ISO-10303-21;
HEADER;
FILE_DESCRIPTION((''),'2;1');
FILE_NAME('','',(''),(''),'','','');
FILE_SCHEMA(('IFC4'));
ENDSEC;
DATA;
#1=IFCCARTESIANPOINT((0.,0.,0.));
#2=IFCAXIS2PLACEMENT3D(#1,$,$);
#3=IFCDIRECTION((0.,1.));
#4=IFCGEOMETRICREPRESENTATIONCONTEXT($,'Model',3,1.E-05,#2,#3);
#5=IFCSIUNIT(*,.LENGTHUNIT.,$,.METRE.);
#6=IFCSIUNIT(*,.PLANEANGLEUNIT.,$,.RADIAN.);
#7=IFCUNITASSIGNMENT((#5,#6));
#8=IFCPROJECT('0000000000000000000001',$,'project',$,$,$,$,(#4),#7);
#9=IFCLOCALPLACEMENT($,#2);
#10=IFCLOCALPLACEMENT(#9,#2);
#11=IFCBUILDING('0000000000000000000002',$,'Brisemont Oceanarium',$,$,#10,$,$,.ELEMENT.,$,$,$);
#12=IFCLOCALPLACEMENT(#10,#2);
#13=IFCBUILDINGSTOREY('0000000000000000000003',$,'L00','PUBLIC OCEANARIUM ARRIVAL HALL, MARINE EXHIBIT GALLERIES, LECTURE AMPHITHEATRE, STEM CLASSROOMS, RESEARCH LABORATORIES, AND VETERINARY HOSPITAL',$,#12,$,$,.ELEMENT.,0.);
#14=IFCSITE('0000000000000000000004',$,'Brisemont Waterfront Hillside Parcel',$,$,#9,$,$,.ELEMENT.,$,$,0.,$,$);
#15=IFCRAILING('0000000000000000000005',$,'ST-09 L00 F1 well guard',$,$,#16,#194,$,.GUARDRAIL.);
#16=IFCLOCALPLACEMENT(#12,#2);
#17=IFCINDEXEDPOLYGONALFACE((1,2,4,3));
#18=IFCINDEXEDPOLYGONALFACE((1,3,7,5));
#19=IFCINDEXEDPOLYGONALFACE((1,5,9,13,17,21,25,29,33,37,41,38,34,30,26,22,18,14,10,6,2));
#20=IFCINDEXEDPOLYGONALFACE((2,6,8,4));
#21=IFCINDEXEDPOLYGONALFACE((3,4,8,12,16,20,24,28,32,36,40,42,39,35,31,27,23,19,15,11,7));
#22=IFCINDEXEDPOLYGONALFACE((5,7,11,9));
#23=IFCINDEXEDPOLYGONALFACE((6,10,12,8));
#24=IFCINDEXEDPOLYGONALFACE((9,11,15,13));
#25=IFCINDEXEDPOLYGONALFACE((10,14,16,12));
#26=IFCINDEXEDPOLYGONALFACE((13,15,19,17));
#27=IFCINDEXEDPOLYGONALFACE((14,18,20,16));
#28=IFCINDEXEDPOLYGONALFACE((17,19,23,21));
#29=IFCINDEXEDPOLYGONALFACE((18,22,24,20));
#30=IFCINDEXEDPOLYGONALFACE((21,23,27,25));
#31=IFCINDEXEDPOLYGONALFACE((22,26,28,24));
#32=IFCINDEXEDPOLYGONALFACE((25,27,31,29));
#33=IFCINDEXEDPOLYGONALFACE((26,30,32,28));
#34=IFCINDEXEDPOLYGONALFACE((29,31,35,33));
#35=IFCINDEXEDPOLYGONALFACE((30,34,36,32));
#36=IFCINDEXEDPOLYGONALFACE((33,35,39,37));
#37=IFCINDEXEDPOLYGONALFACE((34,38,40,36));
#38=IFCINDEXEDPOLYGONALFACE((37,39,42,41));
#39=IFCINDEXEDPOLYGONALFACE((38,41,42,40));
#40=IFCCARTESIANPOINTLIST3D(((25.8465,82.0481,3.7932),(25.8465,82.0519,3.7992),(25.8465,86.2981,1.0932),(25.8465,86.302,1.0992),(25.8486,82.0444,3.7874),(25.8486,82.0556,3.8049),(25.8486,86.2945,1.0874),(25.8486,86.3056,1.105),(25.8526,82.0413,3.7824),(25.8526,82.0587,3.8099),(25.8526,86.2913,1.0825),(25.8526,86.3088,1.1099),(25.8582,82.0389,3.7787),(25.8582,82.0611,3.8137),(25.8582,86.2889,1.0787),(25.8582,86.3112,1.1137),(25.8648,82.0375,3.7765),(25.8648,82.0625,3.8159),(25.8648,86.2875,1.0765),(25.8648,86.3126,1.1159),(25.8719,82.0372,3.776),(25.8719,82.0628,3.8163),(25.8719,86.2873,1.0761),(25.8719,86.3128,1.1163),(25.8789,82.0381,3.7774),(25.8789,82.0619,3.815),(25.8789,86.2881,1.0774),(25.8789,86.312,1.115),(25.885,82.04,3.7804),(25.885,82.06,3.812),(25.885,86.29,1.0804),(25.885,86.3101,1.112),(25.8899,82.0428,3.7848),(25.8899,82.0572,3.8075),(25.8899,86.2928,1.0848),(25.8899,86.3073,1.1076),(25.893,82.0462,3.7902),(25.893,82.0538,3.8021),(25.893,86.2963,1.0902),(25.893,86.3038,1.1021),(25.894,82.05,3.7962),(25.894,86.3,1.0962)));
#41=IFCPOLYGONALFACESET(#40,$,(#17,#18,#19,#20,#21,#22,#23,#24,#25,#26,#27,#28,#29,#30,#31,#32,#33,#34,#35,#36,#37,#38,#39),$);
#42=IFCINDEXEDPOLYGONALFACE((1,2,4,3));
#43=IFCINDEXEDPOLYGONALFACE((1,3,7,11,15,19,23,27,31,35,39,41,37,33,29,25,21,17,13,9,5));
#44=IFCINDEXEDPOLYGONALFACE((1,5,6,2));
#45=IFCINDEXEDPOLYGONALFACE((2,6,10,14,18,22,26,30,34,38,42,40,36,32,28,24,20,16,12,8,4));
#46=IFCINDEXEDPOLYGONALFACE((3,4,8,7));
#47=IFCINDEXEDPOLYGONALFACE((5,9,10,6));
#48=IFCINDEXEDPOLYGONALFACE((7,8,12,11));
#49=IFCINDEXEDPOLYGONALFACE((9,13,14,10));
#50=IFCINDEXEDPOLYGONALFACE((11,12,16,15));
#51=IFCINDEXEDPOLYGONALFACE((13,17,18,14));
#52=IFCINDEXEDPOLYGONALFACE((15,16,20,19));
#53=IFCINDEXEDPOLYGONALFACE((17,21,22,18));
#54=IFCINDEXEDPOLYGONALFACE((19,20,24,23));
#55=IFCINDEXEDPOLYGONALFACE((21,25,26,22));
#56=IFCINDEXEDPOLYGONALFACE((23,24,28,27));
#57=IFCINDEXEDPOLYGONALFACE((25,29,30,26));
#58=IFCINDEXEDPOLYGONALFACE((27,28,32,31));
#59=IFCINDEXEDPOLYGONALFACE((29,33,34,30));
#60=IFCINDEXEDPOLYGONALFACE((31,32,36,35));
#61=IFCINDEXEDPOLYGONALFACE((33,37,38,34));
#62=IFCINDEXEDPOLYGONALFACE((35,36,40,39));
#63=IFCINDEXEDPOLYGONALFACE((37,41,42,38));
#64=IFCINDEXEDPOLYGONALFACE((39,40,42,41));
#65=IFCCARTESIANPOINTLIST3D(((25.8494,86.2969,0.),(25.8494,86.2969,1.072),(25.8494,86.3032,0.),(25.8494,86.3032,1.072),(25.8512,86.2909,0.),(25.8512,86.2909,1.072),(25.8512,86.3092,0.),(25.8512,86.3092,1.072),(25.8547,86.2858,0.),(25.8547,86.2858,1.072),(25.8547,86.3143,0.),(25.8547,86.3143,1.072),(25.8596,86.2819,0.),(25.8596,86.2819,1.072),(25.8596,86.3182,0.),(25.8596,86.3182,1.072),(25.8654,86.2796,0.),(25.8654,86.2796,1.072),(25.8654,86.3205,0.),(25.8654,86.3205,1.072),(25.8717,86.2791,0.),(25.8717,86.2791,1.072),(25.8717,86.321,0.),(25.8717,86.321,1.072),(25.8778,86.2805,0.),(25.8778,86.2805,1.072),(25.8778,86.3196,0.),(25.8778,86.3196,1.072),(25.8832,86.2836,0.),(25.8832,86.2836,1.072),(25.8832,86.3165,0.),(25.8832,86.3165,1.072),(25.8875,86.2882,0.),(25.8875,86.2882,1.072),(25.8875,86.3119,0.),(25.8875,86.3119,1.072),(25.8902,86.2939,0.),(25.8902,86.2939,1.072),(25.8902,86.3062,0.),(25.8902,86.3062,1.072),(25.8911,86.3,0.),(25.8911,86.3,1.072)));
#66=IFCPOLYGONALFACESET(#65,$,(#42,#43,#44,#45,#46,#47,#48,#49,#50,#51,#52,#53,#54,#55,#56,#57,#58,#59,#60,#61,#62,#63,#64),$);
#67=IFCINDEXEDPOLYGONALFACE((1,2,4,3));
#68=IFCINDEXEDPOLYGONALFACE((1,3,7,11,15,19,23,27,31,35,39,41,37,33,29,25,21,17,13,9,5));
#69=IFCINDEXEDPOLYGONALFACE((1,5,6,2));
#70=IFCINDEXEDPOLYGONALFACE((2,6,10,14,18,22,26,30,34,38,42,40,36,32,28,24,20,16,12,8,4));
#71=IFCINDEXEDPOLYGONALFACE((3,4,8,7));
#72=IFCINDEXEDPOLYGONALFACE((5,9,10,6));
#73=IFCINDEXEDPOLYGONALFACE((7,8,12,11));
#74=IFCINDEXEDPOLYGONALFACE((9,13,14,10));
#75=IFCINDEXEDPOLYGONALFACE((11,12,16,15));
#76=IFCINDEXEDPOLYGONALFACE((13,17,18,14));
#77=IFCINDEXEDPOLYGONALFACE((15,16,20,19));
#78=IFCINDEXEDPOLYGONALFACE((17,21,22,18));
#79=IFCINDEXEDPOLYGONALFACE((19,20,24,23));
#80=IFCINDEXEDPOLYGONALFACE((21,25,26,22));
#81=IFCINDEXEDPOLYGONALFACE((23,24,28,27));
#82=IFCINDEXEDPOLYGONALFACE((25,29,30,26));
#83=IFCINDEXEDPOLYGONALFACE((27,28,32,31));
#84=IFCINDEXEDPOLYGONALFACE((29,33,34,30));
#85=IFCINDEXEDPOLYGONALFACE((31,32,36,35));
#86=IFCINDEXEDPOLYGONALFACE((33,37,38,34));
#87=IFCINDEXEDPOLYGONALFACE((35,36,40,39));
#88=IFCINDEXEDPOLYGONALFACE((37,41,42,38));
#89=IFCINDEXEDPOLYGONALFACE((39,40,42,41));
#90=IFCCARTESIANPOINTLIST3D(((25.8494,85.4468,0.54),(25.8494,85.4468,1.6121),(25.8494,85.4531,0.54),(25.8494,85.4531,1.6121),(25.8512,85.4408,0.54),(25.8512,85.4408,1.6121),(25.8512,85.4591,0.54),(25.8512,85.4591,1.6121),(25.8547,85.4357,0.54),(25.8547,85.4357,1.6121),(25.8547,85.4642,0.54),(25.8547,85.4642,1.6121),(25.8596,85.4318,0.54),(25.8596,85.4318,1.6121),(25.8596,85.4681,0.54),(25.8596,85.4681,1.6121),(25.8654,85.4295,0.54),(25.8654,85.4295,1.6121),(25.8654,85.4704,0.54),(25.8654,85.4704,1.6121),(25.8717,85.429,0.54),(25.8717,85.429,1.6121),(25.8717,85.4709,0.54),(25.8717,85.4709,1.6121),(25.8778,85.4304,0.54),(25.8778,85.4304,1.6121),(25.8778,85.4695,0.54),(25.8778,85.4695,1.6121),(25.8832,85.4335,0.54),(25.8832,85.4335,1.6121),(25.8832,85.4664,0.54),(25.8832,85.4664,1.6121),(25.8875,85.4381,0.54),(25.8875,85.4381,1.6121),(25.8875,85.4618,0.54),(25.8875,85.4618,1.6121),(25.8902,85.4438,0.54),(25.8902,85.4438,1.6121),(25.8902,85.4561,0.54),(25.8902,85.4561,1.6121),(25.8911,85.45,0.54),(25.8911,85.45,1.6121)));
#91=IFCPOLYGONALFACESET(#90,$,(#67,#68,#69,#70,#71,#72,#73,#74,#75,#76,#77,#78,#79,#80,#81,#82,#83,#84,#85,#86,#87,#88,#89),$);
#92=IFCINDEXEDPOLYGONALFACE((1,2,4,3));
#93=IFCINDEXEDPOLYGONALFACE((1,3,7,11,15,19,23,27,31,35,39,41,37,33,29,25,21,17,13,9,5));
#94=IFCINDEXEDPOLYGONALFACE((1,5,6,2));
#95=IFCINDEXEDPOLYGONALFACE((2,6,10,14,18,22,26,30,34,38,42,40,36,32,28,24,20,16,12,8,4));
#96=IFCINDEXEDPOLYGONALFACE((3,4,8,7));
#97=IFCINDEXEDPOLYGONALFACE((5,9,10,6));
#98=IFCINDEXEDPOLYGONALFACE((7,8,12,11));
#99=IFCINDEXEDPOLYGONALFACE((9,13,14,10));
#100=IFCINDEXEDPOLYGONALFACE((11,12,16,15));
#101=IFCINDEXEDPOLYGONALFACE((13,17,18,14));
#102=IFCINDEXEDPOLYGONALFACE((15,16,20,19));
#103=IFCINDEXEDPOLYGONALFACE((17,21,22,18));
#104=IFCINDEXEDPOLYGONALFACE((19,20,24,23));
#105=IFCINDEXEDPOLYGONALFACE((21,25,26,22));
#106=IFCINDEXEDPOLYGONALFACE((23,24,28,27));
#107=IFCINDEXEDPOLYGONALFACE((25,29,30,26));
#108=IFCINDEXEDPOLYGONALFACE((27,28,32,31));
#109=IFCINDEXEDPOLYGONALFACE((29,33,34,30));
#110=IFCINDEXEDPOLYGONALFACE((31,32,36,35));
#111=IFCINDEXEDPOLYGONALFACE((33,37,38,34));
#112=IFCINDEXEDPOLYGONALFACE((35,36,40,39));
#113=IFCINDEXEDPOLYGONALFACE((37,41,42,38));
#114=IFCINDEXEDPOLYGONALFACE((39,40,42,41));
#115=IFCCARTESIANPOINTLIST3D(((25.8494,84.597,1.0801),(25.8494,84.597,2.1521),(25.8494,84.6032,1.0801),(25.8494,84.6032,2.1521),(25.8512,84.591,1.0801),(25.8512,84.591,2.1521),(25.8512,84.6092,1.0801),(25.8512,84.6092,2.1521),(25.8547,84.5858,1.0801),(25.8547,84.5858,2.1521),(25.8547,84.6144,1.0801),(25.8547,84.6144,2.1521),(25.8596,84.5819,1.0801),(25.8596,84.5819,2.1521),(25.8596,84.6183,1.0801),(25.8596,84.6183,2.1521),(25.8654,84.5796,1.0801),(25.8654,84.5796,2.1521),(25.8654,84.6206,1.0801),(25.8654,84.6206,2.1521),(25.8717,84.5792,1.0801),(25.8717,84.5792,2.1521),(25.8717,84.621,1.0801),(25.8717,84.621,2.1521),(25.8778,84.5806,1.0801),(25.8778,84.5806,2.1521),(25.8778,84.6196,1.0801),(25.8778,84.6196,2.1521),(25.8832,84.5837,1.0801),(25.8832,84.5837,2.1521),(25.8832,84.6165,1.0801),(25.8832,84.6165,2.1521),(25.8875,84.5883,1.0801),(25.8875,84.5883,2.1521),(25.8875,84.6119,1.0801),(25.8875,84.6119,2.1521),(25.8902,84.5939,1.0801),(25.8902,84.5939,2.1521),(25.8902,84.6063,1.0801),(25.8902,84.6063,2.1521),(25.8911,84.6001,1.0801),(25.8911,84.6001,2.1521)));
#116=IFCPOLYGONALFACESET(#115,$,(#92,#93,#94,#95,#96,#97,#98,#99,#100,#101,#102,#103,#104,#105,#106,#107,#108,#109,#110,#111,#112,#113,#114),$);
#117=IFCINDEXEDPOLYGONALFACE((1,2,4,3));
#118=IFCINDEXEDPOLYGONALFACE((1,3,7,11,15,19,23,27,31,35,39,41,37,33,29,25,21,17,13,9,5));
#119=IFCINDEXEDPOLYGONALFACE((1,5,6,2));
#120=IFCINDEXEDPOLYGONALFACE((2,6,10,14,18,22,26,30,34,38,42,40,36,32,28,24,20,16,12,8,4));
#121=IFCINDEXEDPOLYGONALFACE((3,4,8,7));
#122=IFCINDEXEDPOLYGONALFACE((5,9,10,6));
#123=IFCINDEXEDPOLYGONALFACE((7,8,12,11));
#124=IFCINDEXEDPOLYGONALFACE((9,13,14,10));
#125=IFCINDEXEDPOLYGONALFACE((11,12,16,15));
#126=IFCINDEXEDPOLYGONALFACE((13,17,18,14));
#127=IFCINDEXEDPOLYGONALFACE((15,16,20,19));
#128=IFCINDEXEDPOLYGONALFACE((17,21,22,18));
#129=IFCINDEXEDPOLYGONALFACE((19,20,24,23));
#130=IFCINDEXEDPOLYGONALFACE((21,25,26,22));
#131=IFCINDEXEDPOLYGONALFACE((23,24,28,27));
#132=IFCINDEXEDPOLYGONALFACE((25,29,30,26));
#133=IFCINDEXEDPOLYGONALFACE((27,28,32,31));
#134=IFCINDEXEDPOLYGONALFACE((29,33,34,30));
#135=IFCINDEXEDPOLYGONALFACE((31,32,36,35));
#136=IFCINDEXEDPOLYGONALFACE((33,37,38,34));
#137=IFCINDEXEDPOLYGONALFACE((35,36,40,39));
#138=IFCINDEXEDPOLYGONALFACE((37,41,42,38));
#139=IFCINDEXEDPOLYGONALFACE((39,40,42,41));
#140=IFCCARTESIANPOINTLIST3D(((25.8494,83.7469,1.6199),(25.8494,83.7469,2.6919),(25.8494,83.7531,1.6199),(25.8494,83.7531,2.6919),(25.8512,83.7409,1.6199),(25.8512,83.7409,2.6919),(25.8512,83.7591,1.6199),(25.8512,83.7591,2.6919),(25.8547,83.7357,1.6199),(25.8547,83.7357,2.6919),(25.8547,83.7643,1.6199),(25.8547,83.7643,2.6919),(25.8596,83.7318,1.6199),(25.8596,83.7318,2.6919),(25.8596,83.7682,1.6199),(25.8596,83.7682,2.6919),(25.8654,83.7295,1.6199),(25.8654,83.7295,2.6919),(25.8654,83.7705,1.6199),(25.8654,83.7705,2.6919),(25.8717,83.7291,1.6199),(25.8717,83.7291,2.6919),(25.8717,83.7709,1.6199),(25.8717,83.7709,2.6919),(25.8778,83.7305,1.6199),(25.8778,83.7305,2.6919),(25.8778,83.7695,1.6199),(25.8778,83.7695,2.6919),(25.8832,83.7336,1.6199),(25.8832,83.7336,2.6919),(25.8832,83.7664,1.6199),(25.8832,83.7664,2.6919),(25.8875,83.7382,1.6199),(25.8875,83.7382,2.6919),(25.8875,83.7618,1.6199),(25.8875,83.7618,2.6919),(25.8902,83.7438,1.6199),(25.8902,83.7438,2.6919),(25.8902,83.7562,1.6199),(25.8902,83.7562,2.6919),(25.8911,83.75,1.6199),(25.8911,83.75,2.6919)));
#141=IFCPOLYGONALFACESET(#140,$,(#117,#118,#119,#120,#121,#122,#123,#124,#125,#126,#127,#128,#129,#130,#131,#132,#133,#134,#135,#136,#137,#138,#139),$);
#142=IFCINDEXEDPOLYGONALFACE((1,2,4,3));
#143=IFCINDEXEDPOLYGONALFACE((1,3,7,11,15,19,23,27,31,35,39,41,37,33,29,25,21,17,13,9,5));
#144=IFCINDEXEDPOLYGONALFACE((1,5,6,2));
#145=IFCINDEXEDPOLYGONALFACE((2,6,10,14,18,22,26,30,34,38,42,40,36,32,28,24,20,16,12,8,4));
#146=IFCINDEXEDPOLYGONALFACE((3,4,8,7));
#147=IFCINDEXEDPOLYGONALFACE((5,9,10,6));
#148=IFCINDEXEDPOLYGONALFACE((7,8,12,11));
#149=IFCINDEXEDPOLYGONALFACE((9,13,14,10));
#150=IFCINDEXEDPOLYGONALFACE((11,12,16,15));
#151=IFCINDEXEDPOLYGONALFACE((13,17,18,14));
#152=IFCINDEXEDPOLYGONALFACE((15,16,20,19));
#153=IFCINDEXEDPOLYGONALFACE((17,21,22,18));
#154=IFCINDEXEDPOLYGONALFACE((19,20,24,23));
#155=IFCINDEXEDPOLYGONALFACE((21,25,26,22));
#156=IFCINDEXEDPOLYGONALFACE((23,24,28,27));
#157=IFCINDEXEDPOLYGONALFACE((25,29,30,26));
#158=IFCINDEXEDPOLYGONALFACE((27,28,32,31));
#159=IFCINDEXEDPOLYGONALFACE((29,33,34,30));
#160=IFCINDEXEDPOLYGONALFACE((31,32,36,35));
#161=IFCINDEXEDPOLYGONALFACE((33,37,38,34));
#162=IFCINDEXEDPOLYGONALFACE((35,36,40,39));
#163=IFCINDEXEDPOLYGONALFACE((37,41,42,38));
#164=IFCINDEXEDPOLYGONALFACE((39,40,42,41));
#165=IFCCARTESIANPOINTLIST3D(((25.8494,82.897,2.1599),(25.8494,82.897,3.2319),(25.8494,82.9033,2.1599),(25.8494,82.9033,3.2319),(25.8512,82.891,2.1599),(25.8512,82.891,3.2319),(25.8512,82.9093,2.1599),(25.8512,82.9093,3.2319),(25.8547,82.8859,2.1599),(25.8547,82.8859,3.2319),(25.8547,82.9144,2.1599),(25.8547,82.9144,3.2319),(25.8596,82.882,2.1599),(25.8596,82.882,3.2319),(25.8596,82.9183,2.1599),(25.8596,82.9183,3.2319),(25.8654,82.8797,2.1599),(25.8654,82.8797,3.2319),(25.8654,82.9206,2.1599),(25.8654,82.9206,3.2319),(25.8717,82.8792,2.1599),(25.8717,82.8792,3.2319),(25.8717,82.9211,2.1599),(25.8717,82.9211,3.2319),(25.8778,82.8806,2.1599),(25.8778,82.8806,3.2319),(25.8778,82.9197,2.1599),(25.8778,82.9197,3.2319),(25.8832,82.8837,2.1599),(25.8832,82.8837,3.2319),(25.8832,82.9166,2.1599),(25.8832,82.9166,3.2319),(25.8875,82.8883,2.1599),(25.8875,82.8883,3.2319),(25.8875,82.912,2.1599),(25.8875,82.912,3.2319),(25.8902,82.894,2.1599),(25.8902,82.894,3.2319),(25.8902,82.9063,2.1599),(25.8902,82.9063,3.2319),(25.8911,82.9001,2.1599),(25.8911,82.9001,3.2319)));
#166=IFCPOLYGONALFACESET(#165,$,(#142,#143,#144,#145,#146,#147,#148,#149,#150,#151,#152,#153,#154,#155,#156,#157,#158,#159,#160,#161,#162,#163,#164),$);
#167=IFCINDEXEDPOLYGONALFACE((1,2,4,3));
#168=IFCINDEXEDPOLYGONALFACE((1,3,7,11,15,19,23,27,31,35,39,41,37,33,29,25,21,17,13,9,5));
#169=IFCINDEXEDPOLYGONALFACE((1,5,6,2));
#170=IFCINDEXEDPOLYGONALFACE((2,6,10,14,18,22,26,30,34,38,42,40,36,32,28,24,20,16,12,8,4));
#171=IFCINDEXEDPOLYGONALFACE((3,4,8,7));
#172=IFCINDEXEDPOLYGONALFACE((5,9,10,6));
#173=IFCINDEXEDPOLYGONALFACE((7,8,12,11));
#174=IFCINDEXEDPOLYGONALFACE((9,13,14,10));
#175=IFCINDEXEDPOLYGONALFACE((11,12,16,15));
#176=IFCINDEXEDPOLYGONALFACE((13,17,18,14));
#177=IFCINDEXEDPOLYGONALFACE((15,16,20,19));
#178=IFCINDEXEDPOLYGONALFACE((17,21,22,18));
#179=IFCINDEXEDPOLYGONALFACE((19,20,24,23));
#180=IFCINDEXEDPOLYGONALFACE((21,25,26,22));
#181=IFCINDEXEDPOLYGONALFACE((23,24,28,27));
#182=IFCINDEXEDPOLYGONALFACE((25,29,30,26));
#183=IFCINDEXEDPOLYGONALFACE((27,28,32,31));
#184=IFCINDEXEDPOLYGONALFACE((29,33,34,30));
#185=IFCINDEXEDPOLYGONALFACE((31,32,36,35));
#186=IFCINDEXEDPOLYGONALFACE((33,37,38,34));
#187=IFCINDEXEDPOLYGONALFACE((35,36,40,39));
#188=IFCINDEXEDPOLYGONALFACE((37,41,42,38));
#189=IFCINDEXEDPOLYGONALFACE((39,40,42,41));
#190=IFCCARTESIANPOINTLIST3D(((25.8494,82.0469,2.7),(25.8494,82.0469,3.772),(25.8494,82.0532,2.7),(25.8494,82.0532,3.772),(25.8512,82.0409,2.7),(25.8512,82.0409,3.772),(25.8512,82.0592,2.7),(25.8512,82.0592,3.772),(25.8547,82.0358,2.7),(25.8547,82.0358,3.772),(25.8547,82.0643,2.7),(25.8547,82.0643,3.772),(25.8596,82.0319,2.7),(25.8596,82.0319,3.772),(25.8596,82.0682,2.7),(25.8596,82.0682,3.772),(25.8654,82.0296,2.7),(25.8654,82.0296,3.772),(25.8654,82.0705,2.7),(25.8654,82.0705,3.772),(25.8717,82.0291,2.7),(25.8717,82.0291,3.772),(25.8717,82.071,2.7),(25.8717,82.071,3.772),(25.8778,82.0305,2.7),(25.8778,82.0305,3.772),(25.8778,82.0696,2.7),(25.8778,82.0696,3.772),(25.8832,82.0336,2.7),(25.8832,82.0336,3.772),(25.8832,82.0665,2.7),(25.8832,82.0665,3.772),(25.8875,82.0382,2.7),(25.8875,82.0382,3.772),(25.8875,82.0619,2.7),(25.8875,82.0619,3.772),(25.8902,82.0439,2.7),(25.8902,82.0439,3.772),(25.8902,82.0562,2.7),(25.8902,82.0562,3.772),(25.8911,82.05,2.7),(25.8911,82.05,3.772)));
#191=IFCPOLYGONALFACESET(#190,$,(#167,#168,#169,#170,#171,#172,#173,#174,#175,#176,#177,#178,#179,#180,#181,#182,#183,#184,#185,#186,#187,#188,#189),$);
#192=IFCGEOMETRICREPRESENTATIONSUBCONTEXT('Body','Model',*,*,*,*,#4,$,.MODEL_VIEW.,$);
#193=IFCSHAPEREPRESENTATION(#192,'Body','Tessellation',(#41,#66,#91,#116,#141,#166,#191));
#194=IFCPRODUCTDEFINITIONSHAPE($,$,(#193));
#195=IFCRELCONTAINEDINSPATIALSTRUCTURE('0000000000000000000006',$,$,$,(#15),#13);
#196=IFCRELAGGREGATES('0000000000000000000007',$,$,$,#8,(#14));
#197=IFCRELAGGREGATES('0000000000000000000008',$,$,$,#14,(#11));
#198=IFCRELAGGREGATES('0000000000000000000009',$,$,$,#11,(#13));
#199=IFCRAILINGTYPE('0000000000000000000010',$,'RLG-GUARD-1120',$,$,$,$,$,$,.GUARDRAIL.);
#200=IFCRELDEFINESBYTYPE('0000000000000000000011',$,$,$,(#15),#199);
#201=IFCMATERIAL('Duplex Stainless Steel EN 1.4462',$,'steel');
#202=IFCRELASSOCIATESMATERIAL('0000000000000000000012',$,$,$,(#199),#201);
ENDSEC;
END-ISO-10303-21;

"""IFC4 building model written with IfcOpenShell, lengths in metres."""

from ifc_helpers import new_model, si_unit, direction, frame, origin, origin_2d, place, context, subcontext, project, spatial, circle, extrude, material, type_object, element, save


model = new_model("IFC4")

# Units and contexts
model_context = context("Model", 3, precision=1e-05, world=origin(), true_north=direction((0.0, 1.0)))
body_context = subcontext(model_context, "Body", "Model", "MODEL_VIEW")
ifc_project = project(units=[si_unit("LENGTHUNIT", "METRE"), si_unit("PLANEANGLEUNIT", "RADIAN")], contexts=[model_context])

# Site, building, storey
site_placement = place(None, origin())
site = spatial("IfcSite", under=ifc_project, at=site_placement, Name="Brisemont Waterfront Hillside Parcel", CompositionType="ELEMENT", RefElevation=0.0)
building_placement = place(site_placement, origin())
building = spatial("IfcBuilding", under=site, at=building_placement, Name="Brisemont Oceanarium", CompositionType="ELEMENT")
storey_placement = place(building_placement, origin())
storey = spatial("IfcBuildingStorey", under=building, at=storey_placement, Name="L00", Description="PUBLIC OCEANARIUM ARRIVAL HALL, MARINE EXHIBIT GALLERIES, LECTURE AMPHITHEATRE, STEM CLASSROOMS, RESEARCH LABORATORIES, AND VETERINARY HOSPITAL", CompositionType="ELEMENT", Elevation=0.0)

# Railing
ifc_material_1 = material(Name="Duplex Stainless Steel EN 1.4462", Category="steel")
railing_type_1 = type_object("IfcRailingType", Name="RLG-GUARD-1120", PredefinedType="GUARDRAIL", material=ifc_material_1)
railing_1_placement = place(storey_placement, frame((25.8701, 86.3, 0.0)))
element("IfcRailing", 1, at=railing_1_placement, inside=storey, type_object=railing_type_1, Name="ST-09 L00 F1 well guard", PredefinedType="GUARDRAIL", context=body_context, shape_type="SweptSolid", body=[
    extrude(circle(Radius=0.0239, at=origin_2d()), frame((0.0, 0.0, 1.0962), z_axis=(0.0, -0.844075, 0.536226), x_axis=(1.0, 0.0, 0.0)), (0.0, 0.0, 1.0), 5.0352),
    extrude(circle(Radius=0.021, at=origin_2d()), origin(), (0.0, 0.0, 1.0), 1.072),
    extrude(circle(Radius=0.021, at=origin_2d()), frame((0.0, -0.8501, 0.54)), (0.0, 0.0, 1.0), 1.072),
    extrude(circle(Radius=0.021, at=origin_2d()), frame((0.0, -1.7, 1.0801)), (0.0, 0.0, 1.0), 1.072),
    extrude(circle(Radius=0.021, at=origin_2d()), frame((0.0, -2.55, 1.6199)), (0.0, 0.0, 1.0), 1.072),
    extrude(circle(Radius=0.021, at=origin_2d()), frame((0.0, -3.3999, 2.1599)), (0.0, 0.0, 1.0), 1.072),
    extrude(circle(Radius=0.021, at=origin_2d()), frame((0.0, -4.25, 2.7)), (0.0, 0.0, 1.0), 1.072),
])

save(model, "model.ifc")
